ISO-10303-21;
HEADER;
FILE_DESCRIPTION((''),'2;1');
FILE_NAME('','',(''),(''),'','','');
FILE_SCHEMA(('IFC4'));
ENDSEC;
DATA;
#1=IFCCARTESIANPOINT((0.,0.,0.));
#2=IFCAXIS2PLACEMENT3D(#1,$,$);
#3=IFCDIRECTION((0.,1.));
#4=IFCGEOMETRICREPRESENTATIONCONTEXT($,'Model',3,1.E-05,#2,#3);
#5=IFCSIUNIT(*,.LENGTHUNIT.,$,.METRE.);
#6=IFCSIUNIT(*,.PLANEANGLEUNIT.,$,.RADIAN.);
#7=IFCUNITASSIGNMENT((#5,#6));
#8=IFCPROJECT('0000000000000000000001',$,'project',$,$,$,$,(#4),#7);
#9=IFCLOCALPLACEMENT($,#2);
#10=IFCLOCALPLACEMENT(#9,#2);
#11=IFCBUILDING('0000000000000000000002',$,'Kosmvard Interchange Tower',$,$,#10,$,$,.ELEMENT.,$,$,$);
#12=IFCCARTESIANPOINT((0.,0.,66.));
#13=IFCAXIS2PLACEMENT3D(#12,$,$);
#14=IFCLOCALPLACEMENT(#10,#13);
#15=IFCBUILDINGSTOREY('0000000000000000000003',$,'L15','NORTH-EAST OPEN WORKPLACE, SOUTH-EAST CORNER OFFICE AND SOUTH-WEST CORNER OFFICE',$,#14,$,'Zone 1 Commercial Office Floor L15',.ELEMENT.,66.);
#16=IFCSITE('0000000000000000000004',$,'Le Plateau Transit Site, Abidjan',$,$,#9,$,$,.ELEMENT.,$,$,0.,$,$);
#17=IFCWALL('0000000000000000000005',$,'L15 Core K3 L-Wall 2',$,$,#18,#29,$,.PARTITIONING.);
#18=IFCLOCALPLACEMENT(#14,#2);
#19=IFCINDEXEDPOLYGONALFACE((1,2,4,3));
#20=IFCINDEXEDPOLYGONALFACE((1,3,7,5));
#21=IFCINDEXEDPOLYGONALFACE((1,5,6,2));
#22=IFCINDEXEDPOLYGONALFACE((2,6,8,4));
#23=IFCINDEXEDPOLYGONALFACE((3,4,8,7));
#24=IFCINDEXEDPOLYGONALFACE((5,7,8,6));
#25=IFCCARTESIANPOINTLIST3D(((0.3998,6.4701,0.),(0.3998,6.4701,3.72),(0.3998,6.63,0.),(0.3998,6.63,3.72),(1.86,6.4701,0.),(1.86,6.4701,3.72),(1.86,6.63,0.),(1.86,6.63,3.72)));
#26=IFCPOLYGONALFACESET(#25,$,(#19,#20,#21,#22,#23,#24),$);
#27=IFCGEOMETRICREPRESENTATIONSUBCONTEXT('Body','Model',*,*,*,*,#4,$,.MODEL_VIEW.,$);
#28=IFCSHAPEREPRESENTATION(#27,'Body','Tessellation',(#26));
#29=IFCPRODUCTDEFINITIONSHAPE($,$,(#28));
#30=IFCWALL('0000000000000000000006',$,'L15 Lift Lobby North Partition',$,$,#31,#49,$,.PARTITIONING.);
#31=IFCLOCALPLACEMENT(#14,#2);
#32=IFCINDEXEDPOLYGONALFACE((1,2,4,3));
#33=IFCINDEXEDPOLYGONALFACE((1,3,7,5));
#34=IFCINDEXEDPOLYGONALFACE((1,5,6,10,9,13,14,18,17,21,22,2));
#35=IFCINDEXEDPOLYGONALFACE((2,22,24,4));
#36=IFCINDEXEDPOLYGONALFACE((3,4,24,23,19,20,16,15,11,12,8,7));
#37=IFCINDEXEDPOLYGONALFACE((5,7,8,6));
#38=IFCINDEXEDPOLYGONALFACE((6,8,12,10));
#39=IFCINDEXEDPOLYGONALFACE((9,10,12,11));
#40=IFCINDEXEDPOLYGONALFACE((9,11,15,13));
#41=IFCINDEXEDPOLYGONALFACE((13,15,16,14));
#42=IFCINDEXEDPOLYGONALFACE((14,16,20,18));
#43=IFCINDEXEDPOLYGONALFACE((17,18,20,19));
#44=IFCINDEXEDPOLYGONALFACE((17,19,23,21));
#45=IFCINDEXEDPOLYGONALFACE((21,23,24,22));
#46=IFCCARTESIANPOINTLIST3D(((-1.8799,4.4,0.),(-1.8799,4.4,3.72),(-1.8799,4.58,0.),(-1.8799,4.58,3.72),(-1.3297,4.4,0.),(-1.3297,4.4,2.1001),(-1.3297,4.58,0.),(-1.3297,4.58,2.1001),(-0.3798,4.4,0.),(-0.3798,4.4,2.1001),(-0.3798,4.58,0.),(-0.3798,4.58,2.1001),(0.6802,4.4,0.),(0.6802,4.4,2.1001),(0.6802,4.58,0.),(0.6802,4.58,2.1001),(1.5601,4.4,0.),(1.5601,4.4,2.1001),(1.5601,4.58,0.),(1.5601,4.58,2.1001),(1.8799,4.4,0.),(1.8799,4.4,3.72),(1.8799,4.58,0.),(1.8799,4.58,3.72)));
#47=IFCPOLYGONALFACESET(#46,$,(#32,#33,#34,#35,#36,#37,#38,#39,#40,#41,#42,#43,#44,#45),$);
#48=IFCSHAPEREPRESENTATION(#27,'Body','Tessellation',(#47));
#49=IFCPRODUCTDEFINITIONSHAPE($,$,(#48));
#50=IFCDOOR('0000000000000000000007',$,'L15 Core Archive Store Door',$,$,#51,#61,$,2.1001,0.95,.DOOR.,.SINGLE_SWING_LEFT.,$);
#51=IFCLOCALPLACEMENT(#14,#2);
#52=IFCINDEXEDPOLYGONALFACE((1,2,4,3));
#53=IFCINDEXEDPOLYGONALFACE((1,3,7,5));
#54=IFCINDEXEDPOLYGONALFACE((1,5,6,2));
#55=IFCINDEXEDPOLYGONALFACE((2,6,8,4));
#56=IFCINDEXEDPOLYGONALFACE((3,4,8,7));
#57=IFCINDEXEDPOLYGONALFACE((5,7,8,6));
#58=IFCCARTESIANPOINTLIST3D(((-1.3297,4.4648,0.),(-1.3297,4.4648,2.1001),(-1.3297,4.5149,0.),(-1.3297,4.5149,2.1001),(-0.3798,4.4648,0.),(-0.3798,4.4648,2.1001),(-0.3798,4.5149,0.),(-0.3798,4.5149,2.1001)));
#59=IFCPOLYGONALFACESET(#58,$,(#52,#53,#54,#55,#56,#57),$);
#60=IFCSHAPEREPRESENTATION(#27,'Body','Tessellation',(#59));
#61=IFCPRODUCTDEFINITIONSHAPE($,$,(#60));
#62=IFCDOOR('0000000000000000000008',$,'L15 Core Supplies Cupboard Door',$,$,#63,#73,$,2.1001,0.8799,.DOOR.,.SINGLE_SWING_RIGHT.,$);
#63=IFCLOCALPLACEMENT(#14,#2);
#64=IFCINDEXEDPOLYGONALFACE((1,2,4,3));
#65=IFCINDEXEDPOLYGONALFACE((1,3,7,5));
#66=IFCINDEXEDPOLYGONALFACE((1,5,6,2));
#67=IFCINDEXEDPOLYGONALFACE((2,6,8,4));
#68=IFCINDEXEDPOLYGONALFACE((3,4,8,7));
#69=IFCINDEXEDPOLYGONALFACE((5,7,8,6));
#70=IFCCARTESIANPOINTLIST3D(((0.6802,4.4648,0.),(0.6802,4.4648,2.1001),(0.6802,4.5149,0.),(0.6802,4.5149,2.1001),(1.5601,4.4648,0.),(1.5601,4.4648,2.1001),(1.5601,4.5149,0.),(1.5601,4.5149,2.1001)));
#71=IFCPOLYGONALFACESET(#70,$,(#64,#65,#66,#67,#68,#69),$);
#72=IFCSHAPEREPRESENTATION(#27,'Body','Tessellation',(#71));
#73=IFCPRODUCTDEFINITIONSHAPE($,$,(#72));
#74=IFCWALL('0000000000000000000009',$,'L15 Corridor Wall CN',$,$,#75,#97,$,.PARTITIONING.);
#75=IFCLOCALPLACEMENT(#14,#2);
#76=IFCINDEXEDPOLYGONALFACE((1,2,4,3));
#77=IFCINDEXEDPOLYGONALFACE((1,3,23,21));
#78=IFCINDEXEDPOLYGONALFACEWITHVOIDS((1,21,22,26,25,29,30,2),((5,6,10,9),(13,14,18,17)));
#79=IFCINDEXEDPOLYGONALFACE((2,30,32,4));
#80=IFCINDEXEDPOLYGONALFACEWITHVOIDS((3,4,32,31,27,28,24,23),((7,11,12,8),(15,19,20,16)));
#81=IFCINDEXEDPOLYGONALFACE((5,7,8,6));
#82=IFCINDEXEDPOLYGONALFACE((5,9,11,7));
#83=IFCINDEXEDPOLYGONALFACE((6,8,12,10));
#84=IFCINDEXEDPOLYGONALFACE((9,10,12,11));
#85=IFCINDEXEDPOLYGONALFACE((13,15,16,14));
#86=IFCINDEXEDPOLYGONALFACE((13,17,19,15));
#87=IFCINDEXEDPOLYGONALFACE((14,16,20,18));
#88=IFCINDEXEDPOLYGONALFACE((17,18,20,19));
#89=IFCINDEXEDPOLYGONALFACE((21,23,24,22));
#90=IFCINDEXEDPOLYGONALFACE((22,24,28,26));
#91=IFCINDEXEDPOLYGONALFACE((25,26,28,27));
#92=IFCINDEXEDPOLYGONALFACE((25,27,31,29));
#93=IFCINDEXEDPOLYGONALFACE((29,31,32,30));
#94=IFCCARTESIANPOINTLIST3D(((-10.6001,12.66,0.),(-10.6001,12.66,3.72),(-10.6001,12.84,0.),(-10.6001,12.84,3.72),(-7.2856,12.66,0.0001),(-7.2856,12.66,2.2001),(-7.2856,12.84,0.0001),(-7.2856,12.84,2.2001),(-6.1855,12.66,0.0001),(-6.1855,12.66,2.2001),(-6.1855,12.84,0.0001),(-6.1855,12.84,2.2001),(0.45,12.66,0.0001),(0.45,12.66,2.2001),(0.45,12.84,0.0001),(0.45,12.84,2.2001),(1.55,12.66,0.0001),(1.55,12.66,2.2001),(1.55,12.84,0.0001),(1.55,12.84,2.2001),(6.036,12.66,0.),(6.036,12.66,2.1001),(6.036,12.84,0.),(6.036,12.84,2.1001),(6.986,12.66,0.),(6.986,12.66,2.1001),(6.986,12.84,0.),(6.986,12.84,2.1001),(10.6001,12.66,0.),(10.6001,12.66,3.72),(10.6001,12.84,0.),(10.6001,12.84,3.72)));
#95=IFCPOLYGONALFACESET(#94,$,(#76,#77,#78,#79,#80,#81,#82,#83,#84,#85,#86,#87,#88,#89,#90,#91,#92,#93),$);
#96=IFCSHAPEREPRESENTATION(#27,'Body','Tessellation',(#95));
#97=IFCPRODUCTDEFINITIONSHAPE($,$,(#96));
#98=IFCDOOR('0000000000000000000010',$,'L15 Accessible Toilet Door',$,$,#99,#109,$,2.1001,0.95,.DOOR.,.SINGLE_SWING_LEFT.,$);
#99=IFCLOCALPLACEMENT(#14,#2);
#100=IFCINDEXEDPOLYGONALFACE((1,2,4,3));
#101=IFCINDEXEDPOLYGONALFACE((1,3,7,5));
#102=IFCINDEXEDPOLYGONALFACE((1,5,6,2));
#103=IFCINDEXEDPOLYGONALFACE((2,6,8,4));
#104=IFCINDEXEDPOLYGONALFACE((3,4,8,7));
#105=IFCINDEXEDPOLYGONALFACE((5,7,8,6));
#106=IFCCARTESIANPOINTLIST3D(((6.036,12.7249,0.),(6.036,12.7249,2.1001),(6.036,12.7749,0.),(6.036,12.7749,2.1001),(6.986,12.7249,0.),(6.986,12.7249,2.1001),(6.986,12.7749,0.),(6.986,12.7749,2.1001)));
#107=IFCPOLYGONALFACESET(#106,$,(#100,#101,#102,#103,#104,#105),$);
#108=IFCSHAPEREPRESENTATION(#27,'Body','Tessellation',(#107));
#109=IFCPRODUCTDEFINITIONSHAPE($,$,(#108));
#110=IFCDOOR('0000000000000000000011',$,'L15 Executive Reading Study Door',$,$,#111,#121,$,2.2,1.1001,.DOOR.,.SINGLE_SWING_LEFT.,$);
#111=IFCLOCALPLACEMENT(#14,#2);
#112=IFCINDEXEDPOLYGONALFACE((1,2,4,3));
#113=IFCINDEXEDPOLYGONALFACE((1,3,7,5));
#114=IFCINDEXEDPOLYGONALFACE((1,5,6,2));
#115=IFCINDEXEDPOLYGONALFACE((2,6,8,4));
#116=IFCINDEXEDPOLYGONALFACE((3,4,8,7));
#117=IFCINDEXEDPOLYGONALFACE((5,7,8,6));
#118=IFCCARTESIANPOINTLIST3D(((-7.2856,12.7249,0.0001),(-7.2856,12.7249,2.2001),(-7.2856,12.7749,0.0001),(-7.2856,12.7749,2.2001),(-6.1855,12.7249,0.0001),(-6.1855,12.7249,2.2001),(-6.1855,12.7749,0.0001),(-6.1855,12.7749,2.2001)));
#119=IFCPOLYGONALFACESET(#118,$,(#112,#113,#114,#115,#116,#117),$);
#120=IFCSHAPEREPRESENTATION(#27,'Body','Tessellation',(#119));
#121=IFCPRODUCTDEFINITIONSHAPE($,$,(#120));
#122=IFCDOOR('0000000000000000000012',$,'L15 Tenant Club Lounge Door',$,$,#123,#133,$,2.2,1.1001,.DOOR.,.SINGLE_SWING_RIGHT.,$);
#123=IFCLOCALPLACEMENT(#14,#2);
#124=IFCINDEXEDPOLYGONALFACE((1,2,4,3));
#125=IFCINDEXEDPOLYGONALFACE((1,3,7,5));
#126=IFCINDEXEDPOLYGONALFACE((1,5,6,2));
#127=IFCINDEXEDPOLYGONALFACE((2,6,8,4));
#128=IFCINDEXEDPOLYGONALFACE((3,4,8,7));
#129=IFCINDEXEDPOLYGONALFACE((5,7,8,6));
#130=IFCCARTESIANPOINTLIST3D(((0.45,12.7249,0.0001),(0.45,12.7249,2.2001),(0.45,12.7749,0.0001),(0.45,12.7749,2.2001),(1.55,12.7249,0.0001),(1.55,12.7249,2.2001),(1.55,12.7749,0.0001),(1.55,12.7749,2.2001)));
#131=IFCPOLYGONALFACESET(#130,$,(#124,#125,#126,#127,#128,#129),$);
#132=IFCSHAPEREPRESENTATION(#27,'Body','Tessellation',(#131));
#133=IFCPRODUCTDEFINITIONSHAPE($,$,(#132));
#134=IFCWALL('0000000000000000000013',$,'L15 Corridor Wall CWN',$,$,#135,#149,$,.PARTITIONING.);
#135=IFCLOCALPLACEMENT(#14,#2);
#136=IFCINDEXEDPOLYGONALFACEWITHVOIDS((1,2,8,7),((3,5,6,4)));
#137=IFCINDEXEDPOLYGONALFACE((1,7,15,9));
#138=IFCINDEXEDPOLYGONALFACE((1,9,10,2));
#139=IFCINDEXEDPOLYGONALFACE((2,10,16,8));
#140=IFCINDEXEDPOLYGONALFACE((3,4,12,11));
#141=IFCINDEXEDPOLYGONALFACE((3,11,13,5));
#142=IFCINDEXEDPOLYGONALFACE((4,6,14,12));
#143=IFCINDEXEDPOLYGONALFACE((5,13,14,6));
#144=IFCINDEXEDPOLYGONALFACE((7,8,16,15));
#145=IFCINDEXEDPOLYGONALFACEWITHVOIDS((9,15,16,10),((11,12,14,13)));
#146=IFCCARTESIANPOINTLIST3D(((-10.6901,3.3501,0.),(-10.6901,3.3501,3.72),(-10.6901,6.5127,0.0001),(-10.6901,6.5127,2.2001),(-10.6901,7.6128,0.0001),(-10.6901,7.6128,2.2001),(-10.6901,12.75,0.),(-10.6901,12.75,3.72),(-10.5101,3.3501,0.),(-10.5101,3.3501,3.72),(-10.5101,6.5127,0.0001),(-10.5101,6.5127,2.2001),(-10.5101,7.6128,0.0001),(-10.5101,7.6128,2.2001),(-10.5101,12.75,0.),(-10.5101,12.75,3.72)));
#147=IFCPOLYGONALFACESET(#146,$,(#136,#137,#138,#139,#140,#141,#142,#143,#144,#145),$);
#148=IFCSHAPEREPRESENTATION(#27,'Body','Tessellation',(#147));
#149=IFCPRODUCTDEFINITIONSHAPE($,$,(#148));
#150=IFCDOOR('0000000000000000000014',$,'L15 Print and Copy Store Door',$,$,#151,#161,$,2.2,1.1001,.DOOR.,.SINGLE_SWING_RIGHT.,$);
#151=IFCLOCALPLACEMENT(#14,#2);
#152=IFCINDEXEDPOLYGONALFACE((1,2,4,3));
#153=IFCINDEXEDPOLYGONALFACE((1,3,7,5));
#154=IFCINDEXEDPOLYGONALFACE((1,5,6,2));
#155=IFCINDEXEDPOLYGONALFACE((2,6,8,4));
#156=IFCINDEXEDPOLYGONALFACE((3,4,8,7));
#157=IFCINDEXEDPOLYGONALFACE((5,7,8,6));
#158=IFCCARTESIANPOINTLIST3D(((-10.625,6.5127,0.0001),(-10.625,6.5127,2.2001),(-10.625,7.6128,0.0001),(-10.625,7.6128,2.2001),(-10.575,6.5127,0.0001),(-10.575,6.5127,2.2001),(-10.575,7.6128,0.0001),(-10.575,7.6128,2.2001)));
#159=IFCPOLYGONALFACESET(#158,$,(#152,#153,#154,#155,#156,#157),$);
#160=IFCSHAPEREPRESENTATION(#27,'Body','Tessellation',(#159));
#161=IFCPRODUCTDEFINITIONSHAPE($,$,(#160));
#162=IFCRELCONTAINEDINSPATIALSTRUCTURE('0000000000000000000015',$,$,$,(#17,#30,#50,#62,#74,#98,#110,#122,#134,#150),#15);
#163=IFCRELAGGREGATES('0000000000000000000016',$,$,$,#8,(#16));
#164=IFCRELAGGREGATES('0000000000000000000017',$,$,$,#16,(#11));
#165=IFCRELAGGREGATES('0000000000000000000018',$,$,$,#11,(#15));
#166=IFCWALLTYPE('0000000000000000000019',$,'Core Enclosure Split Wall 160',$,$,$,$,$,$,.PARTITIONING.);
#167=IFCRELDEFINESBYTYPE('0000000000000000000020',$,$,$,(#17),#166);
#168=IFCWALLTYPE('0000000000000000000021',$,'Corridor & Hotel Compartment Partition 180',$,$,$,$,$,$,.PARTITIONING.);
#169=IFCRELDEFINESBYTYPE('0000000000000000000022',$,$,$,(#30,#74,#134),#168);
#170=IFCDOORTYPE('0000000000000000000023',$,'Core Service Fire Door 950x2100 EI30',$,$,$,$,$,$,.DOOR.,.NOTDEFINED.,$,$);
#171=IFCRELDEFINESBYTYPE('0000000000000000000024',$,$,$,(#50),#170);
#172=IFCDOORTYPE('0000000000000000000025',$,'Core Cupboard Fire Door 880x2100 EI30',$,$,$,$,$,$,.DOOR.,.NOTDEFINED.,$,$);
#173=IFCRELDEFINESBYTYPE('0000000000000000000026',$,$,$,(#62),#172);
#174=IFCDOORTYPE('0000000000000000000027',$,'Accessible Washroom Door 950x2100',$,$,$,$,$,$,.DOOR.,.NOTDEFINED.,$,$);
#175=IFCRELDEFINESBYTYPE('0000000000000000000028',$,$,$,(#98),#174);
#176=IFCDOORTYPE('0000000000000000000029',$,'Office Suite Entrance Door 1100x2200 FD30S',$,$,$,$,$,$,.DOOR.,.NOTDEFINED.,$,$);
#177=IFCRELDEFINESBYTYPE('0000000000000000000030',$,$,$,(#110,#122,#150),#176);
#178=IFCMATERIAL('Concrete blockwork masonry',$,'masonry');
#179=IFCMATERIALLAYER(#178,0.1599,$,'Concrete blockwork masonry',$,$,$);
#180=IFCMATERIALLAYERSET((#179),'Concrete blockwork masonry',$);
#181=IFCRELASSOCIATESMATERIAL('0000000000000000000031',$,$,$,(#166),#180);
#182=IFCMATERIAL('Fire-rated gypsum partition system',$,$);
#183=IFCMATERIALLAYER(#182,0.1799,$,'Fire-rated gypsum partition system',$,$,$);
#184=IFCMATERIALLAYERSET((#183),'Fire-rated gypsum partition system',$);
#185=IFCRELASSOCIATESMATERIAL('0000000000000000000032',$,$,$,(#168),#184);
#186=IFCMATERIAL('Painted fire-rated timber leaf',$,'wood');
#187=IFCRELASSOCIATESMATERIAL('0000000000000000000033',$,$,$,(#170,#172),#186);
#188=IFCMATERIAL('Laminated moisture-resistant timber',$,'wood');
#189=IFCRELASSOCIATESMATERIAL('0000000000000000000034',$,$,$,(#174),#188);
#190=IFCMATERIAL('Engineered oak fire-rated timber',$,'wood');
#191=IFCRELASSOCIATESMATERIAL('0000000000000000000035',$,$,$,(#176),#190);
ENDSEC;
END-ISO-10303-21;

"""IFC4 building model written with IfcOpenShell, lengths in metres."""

from ifc_helpers import new_model, si_unit, direction, frame, frame_2d, origin, place, context, subcontext, project, spatial, rectangle, extrude, source, transform, mapped, material, layer, layer_set, type_object, element, fill, save


model = new_model("IFC4")

# Units and contexts
model_context = context("Model", 3, precision=1e-05, world=origin(), true_north=direction((0.0, 1.0)))
body_context = subcontext(model_context, "Body", "Model", "MODEL_VIEW")
ifc_project = project(units=[si_unit("LENGTHUNIT", "METRE"), si_unit("PLANEANGLEUNIT", "RADIAN")], contexts=[model_context])

# Site, building, storey
site_placement = place(None, origin())
site = spatial("IfcSite", under=ifc_project, at=site_placement, Name="Le Plateau Transit Site, Abidjan", CompositionType="ELEMENT", RefElevation=0.0)
building_placement = place(site_placement, origin())
building = spatial("IfcBuilding", under=site, at=building_placement, Name="Kosmvard Interchange Tower", CompositionType="ELEMENT")
storey_placement = place(building_placement, frame((0.0, 0.0, 66.0)))
storey = spatial("IfcBuildingStorey", under=building, at=storey_placement, Name="L15", Description="NORTH-EAST OPEN WORKPLACE, SOUTH-EAST CORNER OFFICE AND SOUTH-WEST CORNER OFFICE", LongName="Zone 1 Commercial Office Floor L15", CompositionType="ELEMENT", Elevation=66.0)

# Wall
ifc_material_1 = material(Name="Fire-rated gypsum partition system")
ifc_material_2 = material(Name="Concrete blockwork masonry", Category="masonry")
ifc_layer_1 = layer(ifc_material_2, 0.1599, Name="Concrete blockwork masonry")
ifc_layer_set_1 = layer_set([ifc_layer_1], Name="Concrete blockwork masonry")
wall_type_1 = type_object("IfcWallType", Name="Core Enclosure Split Wall 160", PredefinedType="PARTITIONING", material=ifc_layer_set_1)
wall_1_placement = place(storey_placement, frame((0.3999, 6.55, 0.0), z_axis=(0.0, 0.0, 1.0), x_axis=(1.0, 0.0, 0.0)))
element("IfcWall", 1, at=wall_1_placement, inside=storey, type_object=wall_type_1, Name="L15 Core K3 L-Wall 2", PredefinedType="PARTITIONING", context=body_context, shape_type="SweptSolid", body=[
    extrude(rectangle(XDim=1.4602, YDim=0.1599, at=frame_2d((0.73, 0.0))), origin(), (0.0, 0.0, 1.0), 3.72),
])

# Walls, openings, doors
ifc_layer_2 = layer(ifc_material_1, 0.1799, Name="Fire-rated gypsum partition system")
ifc_layer_set_2 = layer_set([ifc_layer_2], Name="Fire-rated gypsum partition system")
wall_type_2 = type_object("IfcWallType", Name="Corridor & Hotel Compartment Partition 180", PredefinedType="PARTITIONING", material=ifc_layer_set_2)
wall_2_placement = place(storey_placement, frame((-1.8799, 4.49, 0.0), z_axis=(0.0, 0.0, 1.0), x_axis=(1.0, 0.0, 0.0)))
wall_2 = element("IfcWall", 2, at=wall_2_placement, inside=storey, type_object=wall_type_2, Name="L15 Lift Lobby North Partition", PredefinedType="PARTITIONING", context=body_context, shape_type="SweptSolid", body=[
    extrude(rectangle(XDim=3.7598, YDim=0.1799, at=frame_2d((1.8799, 0.0))), origin(), (0.0, 0.0, 1.0), 3.72),
])
opening_1_placement = place(wall_2_placement, frame((0.55, 0.0, 0.0)))
opening_1 = element("IfcOpeningElement", 3, at=opening_1_placement, cuts=wall_2, PredefinedType="OPENING", context=body_context, shape_type="SweptSolid", body=[
    extrude(rectangle(XDim=0.95, YDim=2.1001, at=frame_2d((0.4751, 1.05))), frame((0.0, 0.1001, 0.0), z_axis=(0.0, -1.0, 0.0), x_axis=(1.0, 0.0, 0.0)), (0.0, 0.0, 1.0), 0.2),
])
opening_2_placement = place(wall_2_placement, frame((2.5601, 0.0, 0.0)))
opening_2 = element("IfcOpeningElement", 4, at=opening_2_placement, cuts=wall_2, PredefinedType="OPENING", context=body_context, shape_type="SweptSolid", body=[
    extrude(rectangle(XDim=0.8799, YDim=2.1001, at=frame_2d((0.4399, 1.05))), frame((0.0, 0.1001, 0.0), z_axis=(0.0, -1.0, 0.0), x_axis=(1.0, 0.0, 0.0)), (0.0, 0.0, 1.0), 0.2),
])
ifc_material_3 = material(Name="Painted fire-rated timber leaf", Category="wood")
door_type_1 = type_object("IfcDoorType", Name="Core Service Fire Door 950x2100 EI30", OperationType="NOTDEFINED", PredefinedType="DOOR", material=ifc_material_3)
shared_shape_1 = source(origin(), body_context, "Body", "SweptSolid", [
    extrude(rectangle(XDim=0.95, YDim=2.1001, at=frame_2d((0.4751, 1.05))), frame((0.0, 0.0249, 0.0), z_axis=(0.0, -1.0, 0.0), x_axis=(1.0, 0.0, 0.0)), (0.0, 0.0, 1.0), 0.05),
])
door_1_placement = place(opening_1_placement, origin())
door_1 = element("IfcDoor", 5, at=door_1_placement, inside=storey, type_object=door_type_1, Name="L15 Core Archive Store Door", OperationType="SINGLE_SWING_LEFT", OverallHeight=2.1001, OverallWidth=0.95, PredefinedType="DOOR", context=body_context, shape_type="MappedRepresentation", body=[
    mapped(shared_shape_1, transform((0.0, 0.0, 0.0), scale=1.0)),
])
fill(opening_1, door_1)
door_type_2 = type_object("IfcDoorType", Name="Core Cupboard Fire Door 880x2100 EI30", OperationType="NOTDEFINED", PredefinedType="DOOR", material=ifc_material_3)
shared_shape_2 = source(origin(), body_context, "Body", "SweptSolid", [
    extrude(rectangle(XDim=0.8799, YDim=2.1001, at=frame_2d((0.4399, 1.05))), frame((0.0, 0.0249, 0.0), z_axis=(0.0, -1.0, 0.0), x_axis=(1.0, 0.0, 0.0)), (0.0, 0.0, 1.0), 0.05),
])
door_2_placement = place(opening_2_placement, origin())
door_2 = element("IfcDoor", 6, at=door_2_placement, inside=storey, type_object=door_type_2, Name="L15 Core Supplies Cupboard Door", OperationType="SINGLE_SWING_RIGHT", OverallHeight=2.1001, OverallWidth=0.8799, PredefinedType="DOOR", context=body_context, shape_type="MappedRepresentation", body=[
    mapped(shared_shape_2, transform((0.0, 0.0, 0.0), scale=1.0)),
])
fill(opening_2, door_2)
wall_3_placement = place(storey_placement, frame((-10.6001, 12.75, 0.0), z_axis=(0.0, 0.0, 1.0), x_axis=(1.0, 0.0, 0.0)))
wall_3 = element("IfcWall", 7, at=wall_3_placement, inside=storey, type_object=wall_type_2, Name="L15 Corridor Wall CN", PredefinedType="PARTITIONING", context=body_context, shape_type="SweptSolid", body=[
    extrude(rectangle(XDim=21.2002, YDim=0.1799, at=frame_2d((10.6001, 0.0))), origin(), (0.0, 0.0, 1.0), 3.72),
])
opening_3_placement = place(wall_3_placement, frame((16.636, 0.0, 0.0)))
opening_3 = element("IfcOpeningElement", 8, at=opening_3_placement, cuts=wall_3, PredefinedType="OPENING", context=body_context, shape_type="SweptSolid", body=[
    extrude(rectangle(XDim=0.95, YDim=2.1001, at=frame_2d((0.4751, 1.05))), frame((0.0, 0.1001, 0.0), z_axis=(0.0, -1.0, 0.0), x_axis=(1.0, 0.0, 0.0)), (0.0, 0.0, 1.0), 0.2),
])
opening_4_placement = place(wall_3_placement, frame((3.3145, 0.0, 0.0)))
opening_4 = element("IfcOpeningElement", 9, at=opening_4_placement, cuts=wall_3, PredefinedType="OPENING", context=body_context, shape_type="SweptSolid", body=[
    extrude(rectangle(XDim=1.1001, YDim=2.2, at=frame_2d((0.55, 1.1001))), frame((0.0, 0.1001, 0.0), z_axis=(0.0, -1.0, 0.0), x_axis=(1.0, 0.0, 0.0)), (0.0, 0.0, 1.0), 0.2),
])
opening_5_placement = place(wall_3_placement, frame((11.05, 0.0, 0.0)))
opening_5 = element("IfcOpeningElement", 10, at=opening_5_placement, cuts=wall_3, PredefinedType="OPENING", context=body_context, shape_type="SweptSolid", body=[
    extrude(rectangle(XDim=1.1001, YDim=2.2, at=frame_2d((0.55, 1.1001))), frame((0.0, 0.1001, 0.0), z_axis=(0.0, -1.0, 0.0), x_axis=(1.0, 0.0, 0.0)), (0.0, 0.0, 1.0), 0.2),
])
ifc_material_4 = material(Name="Laminated moisture-resistant timber", Category="wood")
door_type_3 = type_object("IfcDoorType", Name="Accessible Washroom Door 950x2100", OperationType="NOTDEFINED", PredefinedType="DOOR", material=ifc_material_4)
door_3_placement = place(opening_3_placement, origin())
door_3 = element("IfcDoor", 11, at=door_3_placement, inside=storey, type_object=door_type_3, Name="L15 Accessible Toilet Door", OperationType="SINGLE_SWING_LEFT", OverallHeight=2.1001, OverallWidth=0.95, PredefinedType="DOOR", context=body_context, shape_type="MappedRepresentation", body=[
    mapped(shared_shape_1, transform((0.0, 0.0, 0.0), scale=1.0)),
])
fill(opening_3, door_3)
ifc_material_5 = material(Name="Engineered oak fire-rated timber", Category="wood")
door_type_4 = type_object("IfcDoorType", Name="Office Suite Entrance Door 1100x2200 FD30S", OperationType="NOTDEFINED", PredefinedType="DOOR", material=ifc_material_5)
shared_shape_3 = source(origin(), body_context, "Body", "SweptSolid", [
    extrude(rectangle(XDim=1.1001, YDim=2.2, at=frame_2d((0.55, 1.1001))), frame((0.0, 0.0249, 0.0), z_axis=(0.0, -1.0, 0.0), x_axis=(1.0, 0.0, 0.0)), (0.0, 0.0, 1.0), 0.05),
])
door_4_placement = place(opening_4_placement, origin())
door_4 = element("IfcDoor", 12, at=door_4_placement, inside=storey, type_object=door_type_4, Name="L15 Executive Reading Study Door", OperationType="SINGLE_SWING_LEFT", OverallHeight=2.2, OverallWidth=1.1001, PredefinedType="DOOR", context=body_context, shape_type="MappedRepresentation", body=[
    mapped(shared_shape_3, transform((0.0, 0.0, 0.0), scale=1.0)),
])
fill(opening_4, door_4)
door_5_placement = place(opening_5_placement, origin())
door_5 = element("IfcDoor", 13, at=door_5_placement, inside=storey, type_object=door_type_4, Name="L15 Tenant Club Lounge Door", OperationType="SINGLE_SWING_RIGHT", OverallHeight=2.2, OverallWidth=1.1001, PredefinedType="DOOR", context=body_context, shape_type="MappedRepresentation", body=[
    mapped(shared_shape_3, transform((0.0, 0.0, 0.0), scale=1.0)),
])
fill(opening_5, door_5)

# Wall, opening, door
wall_4_placement = place(storey_placement, frame((-10.6001, 3.3501, 0.0), z_axis=(0.0, 0.0, 1.0), x_axis=(0.0, 1.0, 0.0)))
wall_4 = element("IfcWall", 14, at=wall_4_placement, inside=storey, type_object=wall_type_2, Name="L15 Corridor Wall CWN", PredefinedType="PARTITIONING", context=body_context, shape_type="SweptSolid", body=[
    extrude(rectangle(XDim=9.3999, YDim=0.1799, at=frame_2d((4.7, 0.0))), origin(), (0.0, 0.0, 1.0), 3.72),
])
opening_6_placement = place(wall_4_placement, frame((3.1626, 0.0, 0.0)))
opening_6 = element("IfcOpeningElement", 15, at=opening_6_placement, cuts=wall_4, PredefinedType="OPENING", context=body_context, shape_type="SweptSolid", body=[
    extrude(rectangle(XDim=1.1001, YDim=2.2, at=frame_2d((0.55, 1.1001))), frame((0.0, 0.1001, 0.0), z_axis=(0.0, -1.0, 0.0), x_axis=(1.0, 0.0, 0.0)), (0.0, 0.0, 1.0), 0.2),
])
door_6_placement = place(opening_6_placement, origin())
door_6 = element("IfcDoor", 16, at=door_6_placement, inside=storey, type_object=door_type_4, Name="L15 Print and Copy Store Door", OperationType="SINGLE_SWING_RIGHT", OverallHeight=2.2, OverallWidth=1.1001, PredefinedType="DOOR", context=body_context, shape_type="MappedRepresentation", body=[
    mapped(shared_shape_3, transform((0.0, 0.0, 0.0), scale=1.0)),
])
fill(opening_6, door_6)

save(model, "model.ifc")
